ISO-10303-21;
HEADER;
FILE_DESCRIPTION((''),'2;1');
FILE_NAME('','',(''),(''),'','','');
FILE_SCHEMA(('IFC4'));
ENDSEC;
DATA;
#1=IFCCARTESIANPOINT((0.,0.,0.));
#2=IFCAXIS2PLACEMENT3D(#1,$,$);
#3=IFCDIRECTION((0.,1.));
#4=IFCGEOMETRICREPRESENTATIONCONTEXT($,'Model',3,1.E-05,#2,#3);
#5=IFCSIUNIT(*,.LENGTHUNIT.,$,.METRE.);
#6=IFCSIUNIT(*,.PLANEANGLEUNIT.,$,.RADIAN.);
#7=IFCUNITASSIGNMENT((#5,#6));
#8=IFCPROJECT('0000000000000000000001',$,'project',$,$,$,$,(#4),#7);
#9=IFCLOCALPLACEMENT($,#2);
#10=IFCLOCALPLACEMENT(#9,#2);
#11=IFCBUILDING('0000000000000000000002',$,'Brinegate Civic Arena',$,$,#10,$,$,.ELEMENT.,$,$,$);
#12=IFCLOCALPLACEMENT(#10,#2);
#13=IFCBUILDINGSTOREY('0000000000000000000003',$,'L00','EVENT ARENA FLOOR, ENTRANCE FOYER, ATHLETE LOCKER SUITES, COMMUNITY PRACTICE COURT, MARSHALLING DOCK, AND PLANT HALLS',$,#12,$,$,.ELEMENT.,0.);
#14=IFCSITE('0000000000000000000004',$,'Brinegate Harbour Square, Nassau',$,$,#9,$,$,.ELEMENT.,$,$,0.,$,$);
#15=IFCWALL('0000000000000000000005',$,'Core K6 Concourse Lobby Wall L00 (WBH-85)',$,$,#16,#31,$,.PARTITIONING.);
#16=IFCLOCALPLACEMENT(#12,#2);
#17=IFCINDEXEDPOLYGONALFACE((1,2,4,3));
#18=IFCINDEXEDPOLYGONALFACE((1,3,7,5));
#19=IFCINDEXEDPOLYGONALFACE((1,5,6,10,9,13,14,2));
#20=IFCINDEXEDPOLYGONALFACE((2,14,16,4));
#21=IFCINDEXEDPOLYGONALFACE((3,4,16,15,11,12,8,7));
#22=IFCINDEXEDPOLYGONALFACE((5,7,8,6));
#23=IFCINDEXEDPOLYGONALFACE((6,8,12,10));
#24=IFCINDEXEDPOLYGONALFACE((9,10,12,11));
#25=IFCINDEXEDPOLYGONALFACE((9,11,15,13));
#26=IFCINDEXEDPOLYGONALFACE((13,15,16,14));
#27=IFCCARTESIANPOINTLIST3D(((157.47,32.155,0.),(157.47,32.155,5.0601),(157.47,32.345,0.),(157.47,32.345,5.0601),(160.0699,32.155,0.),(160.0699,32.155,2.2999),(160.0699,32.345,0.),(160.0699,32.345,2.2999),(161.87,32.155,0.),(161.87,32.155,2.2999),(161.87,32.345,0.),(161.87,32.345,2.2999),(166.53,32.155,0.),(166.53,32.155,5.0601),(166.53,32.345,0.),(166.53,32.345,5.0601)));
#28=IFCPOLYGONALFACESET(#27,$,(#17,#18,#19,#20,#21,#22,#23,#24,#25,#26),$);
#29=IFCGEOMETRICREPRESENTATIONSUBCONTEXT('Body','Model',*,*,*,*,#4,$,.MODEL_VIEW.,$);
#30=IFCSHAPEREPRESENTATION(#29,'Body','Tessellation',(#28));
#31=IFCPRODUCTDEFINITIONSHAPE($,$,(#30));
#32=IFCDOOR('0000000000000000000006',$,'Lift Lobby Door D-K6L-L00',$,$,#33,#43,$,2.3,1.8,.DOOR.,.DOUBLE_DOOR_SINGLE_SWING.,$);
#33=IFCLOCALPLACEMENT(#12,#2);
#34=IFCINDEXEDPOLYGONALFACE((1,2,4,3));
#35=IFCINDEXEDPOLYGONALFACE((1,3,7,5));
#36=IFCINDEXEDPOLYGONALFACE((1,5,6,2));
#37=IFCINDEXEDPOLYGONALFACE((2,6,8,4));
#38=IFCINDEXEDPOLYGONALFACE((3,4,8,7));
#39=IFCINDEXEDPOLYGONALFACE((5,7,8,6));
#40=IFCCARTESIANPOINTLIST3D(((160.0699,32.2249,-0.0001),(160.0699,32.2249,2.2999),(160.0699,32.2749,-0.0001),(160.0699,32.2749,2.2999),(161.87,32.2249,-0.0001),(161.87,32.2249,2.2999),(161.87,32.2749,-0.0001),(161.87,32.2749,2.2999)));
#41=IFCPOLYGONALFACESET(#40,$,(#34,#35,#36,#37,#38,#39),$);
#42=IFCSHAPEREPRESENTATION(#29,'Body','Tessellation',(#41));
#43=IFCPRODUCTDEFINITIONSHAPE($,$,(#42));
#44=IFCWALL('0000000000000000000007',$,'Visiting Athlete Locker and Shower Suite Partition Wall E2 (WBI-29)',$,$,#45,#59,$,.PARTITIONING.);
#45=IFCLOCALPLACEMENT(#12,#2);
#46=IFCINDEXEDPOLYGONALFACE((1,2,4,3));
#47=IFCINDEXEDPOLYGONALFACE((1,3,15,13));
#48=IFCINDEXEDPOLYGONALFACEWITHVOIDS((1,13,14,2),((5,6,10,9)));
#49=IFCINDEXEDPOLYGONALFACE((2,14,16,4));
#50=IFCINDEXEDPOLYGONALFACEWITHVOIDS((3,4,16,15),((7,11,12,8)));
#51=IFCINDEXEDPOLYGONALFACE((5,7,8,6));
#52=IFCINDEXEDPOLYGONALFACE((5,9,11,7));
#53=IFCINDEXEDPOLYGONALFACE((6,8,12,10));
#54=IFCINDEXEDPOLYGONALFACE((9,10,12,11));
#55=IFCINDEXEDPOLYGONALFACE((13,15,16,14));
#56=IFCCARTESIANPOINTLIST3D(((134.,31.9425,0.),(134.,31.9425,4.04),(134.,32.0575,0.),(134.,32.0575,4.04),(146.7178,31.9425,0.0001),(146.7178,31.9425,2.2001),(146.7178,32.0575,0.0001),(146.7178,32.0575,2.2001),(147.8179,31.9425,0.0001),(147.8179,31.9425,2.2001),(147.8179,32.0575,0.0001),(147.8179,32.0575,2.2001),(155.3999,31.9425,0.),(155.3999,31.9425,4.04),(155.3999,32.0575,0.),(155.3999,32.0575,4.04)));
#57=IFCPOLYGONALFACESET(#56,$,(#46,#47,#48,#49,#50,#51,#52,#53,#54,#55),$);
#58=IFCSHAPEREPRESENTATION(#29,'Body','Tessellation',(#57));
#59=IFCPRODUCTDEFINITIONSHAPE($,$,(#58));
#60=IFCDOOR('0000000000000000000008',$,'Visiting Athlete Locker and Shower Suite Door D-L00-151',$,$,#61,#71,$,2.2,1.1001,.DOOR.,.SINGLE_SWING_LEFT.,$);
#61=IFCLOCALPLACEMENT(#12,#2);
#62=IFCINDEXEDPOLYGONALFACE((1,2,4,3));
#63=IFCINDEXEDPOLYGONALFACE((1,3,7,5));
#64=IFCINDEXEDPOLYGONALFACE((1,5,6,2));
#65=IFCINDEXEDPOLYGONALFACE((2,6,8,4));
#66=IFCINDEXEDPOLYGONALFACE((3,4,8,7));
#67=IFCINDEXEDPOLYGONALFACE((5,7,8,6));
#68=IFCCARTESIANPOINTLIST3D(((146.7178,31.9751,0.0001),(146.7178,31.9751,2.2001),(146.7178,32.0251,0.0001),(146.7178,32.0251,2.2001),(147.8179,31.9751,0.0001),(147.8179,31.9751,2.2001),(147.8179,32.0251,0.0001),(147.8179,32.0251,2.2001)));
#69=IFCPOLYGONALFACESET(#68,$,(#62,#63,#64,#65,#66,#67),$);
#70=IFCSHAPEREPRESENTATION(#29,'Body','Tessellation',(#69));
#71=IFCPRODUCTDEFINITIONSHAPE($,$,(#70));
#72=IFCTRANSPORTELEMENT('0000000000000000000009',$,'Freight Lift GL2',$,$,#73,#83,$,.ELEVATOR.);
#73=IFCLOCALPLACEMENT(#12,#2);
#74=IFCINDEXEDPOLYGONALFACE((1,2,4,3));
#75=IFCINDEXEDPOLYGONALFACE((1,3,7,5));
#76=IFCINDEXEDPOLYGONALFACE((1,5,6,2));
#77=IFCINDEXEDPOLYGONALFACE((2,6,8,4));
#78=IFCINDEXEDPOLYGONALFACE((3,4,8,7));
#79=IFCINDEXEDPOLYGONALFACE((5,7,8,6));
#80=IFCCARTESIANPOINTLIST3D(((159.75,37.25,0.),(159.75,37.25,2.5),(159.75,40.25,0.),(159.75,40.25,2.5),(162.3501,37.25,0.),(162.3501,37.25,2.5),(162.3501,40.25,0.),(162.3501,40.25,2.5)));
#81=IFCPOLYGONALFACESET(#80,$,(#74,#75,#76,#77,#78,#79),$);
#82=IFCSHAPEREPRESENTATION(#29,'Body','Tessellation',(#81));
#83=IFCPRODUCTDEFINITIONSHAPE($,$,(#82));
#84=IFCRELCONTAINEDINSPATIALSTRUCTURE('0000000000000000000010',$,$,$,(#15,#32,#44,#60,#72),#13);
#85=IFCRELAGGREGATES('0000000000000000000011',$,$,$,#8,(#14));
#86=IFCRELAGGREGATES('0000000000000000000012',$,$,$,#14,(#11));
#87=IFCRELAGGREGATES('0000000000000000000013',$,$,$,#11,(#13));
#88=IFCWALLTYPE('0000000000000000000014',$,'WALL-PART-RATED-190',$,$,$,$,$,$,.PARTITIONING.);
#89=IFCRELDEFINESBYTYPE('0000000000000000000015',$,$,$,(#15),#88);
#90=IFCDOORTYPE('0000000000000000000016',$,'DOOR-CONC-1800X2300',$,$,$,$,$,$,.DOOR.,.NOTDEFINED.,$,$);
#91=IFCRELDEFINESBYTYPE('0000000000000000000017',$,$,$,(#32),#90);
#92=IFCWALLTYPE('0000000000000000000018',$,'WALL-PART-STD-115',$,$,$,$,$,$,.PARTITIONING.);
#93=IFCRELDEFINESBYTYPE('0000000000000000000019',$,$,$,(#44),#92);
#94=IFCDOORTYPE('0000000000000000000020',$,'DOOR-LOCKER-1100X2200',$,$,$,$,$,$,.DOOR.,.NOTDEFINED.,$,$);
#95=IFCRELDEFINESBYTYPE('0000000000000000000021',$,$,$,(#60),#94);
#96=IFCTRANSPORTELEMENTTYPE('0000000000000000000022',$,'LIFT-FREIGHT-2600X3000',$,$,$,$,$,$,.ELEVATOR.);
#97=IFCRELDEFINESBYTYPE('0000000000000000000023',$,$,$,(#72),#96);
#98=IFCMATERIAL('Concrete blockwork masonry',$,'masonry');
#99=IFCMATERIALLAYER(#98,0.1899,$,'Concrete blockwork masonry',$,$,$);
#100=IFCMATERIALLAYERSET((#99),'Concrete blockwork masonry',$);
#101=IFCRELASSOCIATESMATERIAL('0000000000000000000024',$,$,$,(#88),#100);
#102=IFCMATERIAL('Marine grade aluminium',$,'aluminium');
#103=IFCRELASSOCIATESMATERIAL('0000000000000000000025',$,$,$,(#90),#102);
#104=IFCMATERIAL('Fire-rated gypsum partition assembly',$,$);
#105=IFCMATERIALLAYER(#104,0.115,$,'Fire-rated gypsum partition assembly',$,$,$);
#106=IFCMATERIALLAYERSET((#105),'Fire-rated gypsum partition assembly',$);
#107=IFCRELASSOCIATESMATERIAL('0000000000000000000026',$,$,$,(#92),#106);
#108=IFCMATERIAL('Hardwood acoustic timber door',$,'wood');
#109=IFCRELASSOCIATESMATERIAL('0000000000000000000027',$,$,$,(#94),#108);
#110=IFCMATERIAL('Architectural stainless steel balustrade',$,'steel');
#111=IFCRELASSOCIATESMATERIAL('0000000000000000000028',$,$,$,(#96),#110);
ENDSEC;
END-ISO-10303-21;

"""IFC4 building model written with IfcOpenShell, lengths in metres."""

from ifc_helpers import new_model, si_unit, direction, frame, frame_2d, origin, origin_2d, place, context, subcontext, project, spatial, rectangle, extrude, material, layer, layer_set, type_object, element, fill, save


model = new_model("IFC4")

# Units and contexts
model_context = context("Model", 3, precision=1e-05, world=origin(), true_north=direction((0.0, 1.0)))
body_context = subcontext(model_context, "Body", "Model", "MODEL_VIEW")
ifc_project = project(units=[si_unit("LENGTHUNIT", "METRE"), si_unit("PLANEANGLEUNIT", "RADIAN")], contexts=[model_context])

# Site, building, storey
site_placement = place(None, origin())
site = spatial("IfcSite", under=ifc_project, at=site_placement, Name="Brinegate Harbour Square, Nassau", CompositionType="ELEMENT", RefElevation=0.0)
building_placement = place(site_placement, origin())
building = spatial("IfcBuilding", under=site, at=building_placement, Name="Brinegate Civic Arena", CompositionType="ELEMENT")
storey_placement = place(building_placement, origin())
storey = spatial("IfcBuildingStorey", under=building, at=storey_placement, Name="L00", Description="EVENT ARENA FLOOR, ENTRANCE FOYER, ATHLETE LOCKER SUITES, COMMUNITY PRACTICE COURT, MARSHALLING DOCK, AND PLANT HALLS", CompositionType="ELEMENT", Elevation=0.0)

# Shared definitions
ifc_material_1 = material(Name="Architectural stainless steel balustrade", Category="steel")

# Walls, openings, doors
ifc_material_2 = material(Name="Concrete blockwork masonry", Category="masonry")
ifc_layer_1 = layer(ifc_material_2, 0.1899, Name="Concrete blockwork masonry")
ifc_layer_set_1 = layer_set([ifc_layer_1], Name="Concrete blockwork masonry")
wall_type_1 = type_object("IfcWallType", Name="WALL-PART-RATED-190", PredefinedType="PARTITIONING", material=ifc_layer_set_1)
wall_1_placement = place(storey_placement, frame((157.47, 32.25, 0.0), z_axis=(0.0, 0.0, 1.0), x_axis=(1.0, 0.0, 0.0)))
wall_1 = element("IfcWall", 1, at=wall_1_placement, inside=storey, type_object=wall_type_1, Name="Core K6 Concourse Lobby Wall L00 (WBH-85)", PredefinedType="PARTITIONING", context=body_context, shape_type="SweptSolid", body=[
    extrude(rectangle(XDim=9.0601, YDim=0.1899, at=frame_2d((4.53, 0.0))), origin(), (0.0, 0.0, 1.0), 5.0601),
])
opening_1_placement = place(wall_1_placement, frame((2.6001, 0.0, 0.0)))
opening_1 = element("IfcOpeningElement", 2, at=opening_1_placement, cuts=wall_1, PredefinedType="OPENING", context=body_context, shape_type="SweptSolid", body=[
    extrude(rectangle(XDim=1.8, YDim=2.3, at=frame_2d((0.8999, 1.1499))), frame((0.0, 0.105, 0.0), z_axis=(0.0, -1.0, 0.0), x_axis=(1.0, 0.0, 0.0)), (0.0, 0.0, 1.0), 0.21),
])
ifc_material_3 = material(Name="Marine grade aluminium", Category="aluminium")
door_type_1 = type_object("IfcDoorType", Name="DOOR-CONC-1800X2300", OperationType="NOTDEFINED", PredefinedType="DOOR", material=ifc_material_3)
door_1_placement = place(opening_1_placement, origin())
door_1 = element("IfcDoor", 3, at=door_1_placement, inside=storey, type_object=door_type_1, Name="Lift Lobby Door D-K6L-L00", OperationType="DOUBLE_DOOR_SINGLE_SWING", OverallHeight=2.3, OverallWidth=1.8, PredefinedType="DOOR", context=body_context, shape_type="SweptSolid", body=[
    extrude(rectangle(XDim=1.8, YDim=2.3, at=frame_2d((0.8999, 1.1499))), frame((0.0, 0.0249, 0.0), z_axis=(0.0, -1.0, 0.0), x_axis=(1.0, 0.0, 0.0)), (0.0, 0.0, 1.0), 0.05),
])
fill(opening_1, door_1)
ifc_material_4 = material(Name="Fire-rated gypsum partition assembly")
ifc_layer_2 = layer(ifc_material_4, 0.115, Name="Fire-rated gypsum partition assembly")
ifc_layer_set_2 = layer_set([ifc_layer_2], Name="Fire-rated gypsum partition assembly")
wall_type_2 = type_object("IfcWallType", Name="WALL-PART-STD-115", PredefinedType="PARTITIONING", material=ifc_layer_set_2)
wall_2_placement = place(storey_placement, frame((155.3999, 32.0, 0.0), z_axis=(0.0, 0.0, 1.0), x_axis=(-1.0, 0.0, 0.0)))
wall_2 = element("IfcWall", 4, at=wall_2_placement, inside=storey, type_object=wall_type_2, Name="Visiting Athlete Locker and Shower Suite Partition Wall E2 (WBI-29)", PredefinedType="PARTITIONING", context=body_context, shape_type="SweptSolid", body=[
    extrude(rectangle(XDim=21.3999, YDim=0.115, at=frame_2d((10.7, 0.0))), origin(), (0.0, 0.0, 1.0), 4.04),
])
opening_2_placement = place(wall_2_placement, frame((7.582, 0.0, 0.0)))
opening_2 = element("IfcOpeningElement", 5, at=opening_2_placement, cuts=wall_2, PredefinedType="OPENING", context=body_context, shape_type="SweptSolid", body=[
    extrude(rectangle(XDim=1.1001, YDim=2.2, at=frame_2d((0.55, 1.1001))), frame((0.0, 0.0674, 0.0), z_axis=(0.0, -1.0, 0.0), x_axis=(1.0, 0.0, 0.0)), (0.0, 0.0, 1.0), 0.135),
])
ifc_material_5 = material(Name="Hardwood acoustic timber door", Category="wood")
door_type_2 = type_object("IfcDoorType", Name="DOOR-LOCKER-1100X2200", OperationType="NOTDEFINED", PredefinedType="DOOR", material=ifc_material_5)
door_2_placement = place(opening_2_placement, origin())
door_2 = element("IfcDoor", 6, at=door_2_placement, inside=storey, type_object=door_type_2, Name="Visiting Athlete Locker and Shower Suite Door D-L00-151", OperationType="SINGLE_SWING_LEFT", OverallHeight=2.2, OverallWidth=1.1001, PredefinedType="DOOR", context=body_context, shape_type="SweptSolid", body=[
    extrude(rectangle(XDim=1.1001, YDim=2.2, at=frame_2d((0.55, 1.1001))), frame((0.0, 0.0249, 0.0), z_axis=(0.0, -1.0, 0.0), x_axis=(1.0, 0.0, 0.0)), (0.0, 0.0, 1.0), 0.05),
])
fill(opening_2, door_2)

# Transport element
transport_element_type = type_object("IfcTransportElementType", Name="LIFT-FREIGHT-2600X3000", PredefinedType="ELEVATOR", material=ifc_material_1)
transport_element_placement = place(storey_placement, frame((161.05, 38.75, 0.0), z_axis=(0.0, 0.0, 1.0), x_axis=(1.0, 0.0, 0.0)))
element("IfcTransportElement", 7, at=transport_element_placement, inside=storey, type_object=transport_element_type, Name="Freight Lift GL2", PredefinedType="ELEVATOR", context=body_context, shape_type="SweptSolid", body=[
    extrude(rectangle(XDim=2.6001, YDim=3.0, at=origin_2d()), origin(), (0.0, 0.0, 1.0), 2.5),
])

save(model, "model.ifc")
